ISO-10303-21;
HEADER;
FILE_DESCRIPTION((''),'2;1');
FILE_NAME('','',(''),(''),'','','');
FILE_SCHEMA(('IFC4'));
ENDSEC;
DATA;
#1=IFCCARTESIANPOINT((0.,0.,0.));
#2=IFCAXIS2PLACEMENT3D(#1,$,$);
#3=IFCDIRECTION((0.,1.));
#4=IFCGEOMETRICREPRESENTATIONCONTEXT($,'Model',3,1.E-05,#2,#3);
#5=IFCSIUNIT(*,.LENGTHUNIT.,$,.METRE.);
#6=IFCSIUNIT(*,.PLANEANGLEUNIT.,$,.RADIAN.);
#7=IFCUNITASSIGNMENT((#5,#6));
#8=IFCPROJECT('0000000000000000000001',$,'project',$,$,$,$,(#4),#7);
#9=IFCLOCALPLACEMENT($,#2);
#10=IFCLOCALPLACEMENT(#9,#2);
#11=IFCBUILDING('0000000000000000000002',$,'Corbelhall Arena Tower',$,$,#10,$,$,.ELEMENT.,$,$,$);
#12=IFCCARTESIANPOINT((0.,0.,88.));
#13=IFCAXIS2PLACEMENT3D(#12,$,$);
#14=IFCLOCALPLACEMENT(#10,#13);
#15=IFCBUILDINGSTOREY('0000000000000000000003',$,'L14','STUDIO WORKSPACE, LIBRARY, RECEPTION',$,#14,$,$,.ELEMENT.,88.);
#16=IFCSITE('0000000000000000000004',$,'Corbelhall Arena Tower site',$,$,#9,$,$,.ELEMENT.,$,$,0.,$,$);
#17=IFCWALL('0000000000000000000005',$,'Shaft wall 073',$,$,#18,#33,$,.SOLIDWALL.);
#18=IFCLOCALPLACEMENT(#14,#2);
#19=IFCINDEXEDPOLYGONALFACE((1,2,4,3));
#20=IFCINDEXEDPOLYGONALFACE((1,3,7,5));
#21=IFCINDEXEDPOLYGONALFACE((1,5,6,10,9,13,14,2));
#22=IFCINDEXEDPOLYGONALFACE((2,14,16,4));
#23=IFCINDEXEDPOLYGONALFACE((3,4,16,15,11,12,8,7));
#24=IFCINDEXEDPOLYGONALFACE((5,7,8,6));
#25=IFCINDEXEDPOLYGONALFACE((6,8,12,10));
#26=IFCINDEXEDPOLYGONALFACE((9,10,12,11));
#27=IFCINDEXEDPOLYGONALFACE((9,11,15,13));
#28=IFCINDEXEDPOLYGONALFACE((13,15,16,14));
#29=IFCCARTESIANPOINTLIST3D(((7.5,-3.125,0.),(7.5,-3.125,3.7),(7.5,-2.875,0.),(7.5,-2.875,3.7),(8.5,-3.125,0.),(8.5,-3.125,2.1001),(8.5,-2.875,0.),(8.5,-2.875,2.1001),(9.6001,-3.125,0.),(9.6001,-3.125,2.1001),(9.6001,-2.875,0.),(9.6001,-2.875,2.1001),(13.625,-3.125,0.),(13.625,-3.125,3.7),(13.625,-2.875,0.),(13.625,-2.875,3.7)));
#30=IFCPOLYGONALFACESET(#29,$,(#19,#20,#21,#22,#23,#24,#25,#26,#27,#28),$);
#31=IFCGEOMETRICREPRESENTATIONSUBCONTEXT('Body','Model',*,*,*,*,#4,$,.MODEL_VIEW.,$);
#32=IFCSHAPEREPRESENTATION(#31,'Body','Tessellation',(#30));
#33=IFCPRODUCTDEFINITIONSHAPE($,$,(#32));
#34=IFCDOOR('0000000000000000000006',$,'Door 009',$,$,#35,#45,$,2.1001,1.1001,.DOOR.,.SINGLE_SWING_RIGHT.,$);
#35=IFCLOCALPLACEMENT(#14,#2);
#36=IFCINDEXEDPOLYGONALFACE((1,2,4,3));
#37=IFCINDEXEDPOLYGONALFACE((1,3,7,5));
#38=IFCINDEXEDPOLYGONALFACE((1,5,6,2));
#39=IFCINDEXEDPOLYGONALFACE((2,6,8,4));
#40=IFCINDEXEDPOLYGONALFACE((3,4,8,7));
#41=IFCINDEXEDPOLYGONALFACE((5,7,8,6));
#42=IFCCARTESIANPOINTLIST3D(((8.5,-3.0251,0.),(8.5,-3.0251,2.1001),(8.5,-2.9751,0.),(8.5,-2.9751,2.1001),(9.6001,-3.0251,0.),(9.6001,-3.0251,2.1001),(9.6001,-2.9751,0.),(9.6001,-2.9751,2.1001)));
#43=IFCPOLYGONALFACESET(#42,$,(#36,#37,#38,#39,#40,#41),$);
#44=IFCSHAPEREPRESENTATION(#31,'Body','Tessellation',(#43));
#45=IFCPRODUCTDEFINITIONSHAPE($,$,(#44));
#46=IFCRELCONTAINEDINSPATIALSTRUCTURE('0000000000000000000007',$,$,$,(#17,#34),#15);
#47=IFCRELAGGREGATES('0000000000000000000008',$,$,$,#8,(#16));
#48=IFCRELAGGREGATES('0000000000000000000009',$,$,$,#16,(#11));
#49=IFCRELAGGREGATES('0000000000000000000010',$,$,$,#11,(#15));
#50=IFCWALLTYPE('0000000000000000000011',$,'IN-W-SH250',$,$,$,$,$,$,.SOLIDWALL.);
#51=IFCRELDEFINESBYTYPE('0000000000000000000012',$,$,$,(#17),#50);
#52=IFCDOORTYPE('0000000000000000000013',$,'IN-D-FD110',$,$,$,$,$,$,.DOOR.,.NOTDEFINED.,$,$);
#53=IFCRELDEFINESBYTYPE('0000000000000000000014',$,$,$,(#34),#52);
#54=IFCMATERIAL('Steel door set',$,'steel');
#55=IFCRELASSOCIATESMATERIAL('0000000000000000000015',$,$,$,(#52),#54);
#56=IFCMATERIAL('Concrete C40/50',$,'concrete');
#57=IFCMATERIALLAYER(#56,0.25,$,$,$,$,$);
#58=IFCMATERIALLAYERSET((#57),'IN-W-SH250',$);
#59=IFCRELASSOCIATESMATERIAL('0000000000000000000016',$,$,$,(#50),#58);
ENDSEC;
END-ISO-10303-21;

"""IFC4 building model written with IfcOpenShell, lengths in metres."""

from ifc_helpers import new_model, si_unit, direction, frame, frame_2d, origin, place, context, subcontext, project, spatial, rectangle, extrude, material, layer, layer_set, type_object, element, fill, save


model = new_model("IFC4")

# Units and contexts
model_context = context("Model", 3, precision=1e-05, world=origin(), true_north=direction((0.0, 1.0)))
body_context = subcontext(model_context, "Body", "Model", "MODEL_VIEW")
ifc_project = project(units=[si_unit("LENGTHUNIT", "METRE"), si_unit("PLANEANGLEUNIT", "RADIAN")], contexts=[model_context])

# Site, building, storey
site_placement = place(None, origin())
site = spatial("IfcSite", under=ifc_project, at=site_placement, Name="Corbelhall Arena Tower site", CompositionType="ELEMENT", RefElevation=0.0)
building_placement = place(site_placement, origin())
building = spatial("IfcBuilding", under=site, at=building_placement, Name="Corbelhall Arena Tower", CompositionType="ELEMENT")
storey_placement = place(building_placement, frame((0.0, 0.0, 88.0)))
storey = spatial("IfcBuildingStorey", under=building, at=storey_placement, Name="L14", Description="STUDIO WORKSPACE, LIBRARY, RECEPTION", CompositionType="ELEMENT", Elevation=88.0)

# Shared definitions
ifc_material_1 = material(Name="Concrete C40/50", Category="concrete")

# Shared definitions
ifc_material_2 = material(Name="Steel door set", Category="steel")
door_type = type_object("IfcDoorType", Name="IN-D-FD110", OperationType="NOTDEFINED", PredefinedType="DOOR", material=ifc_material_2)

# Wall, opening, door
ifc_layer_1 = layer(ifc_material_1, 0.25)
ifc_layer_set_1 = layer_set([ifc_layer_1], Name="IN-W-SH250")
wall_type_1 = type_object("IfcWallType", Name="IN-W-SH250", PredefinedType="SOLIDWALL", material=ifc_layer_set_1)
wall_1_placement = place(storey_placement, frame((7.5, -3.0, 0.0), z_axis=(0.0, 0.0, 1.0), x_axis=(1.0, 0.0, 0.0)))
wall_1 = element("IfcWall", 1, at=wall_1_placement, inside=storey, type_object=wall_type_1, Name="Shaft wall 073", PredefinedType="SOLIDWALL", context=body_context, shape_type="SweptSolid", body=[
    extrude(rectangle(XDim=6.125, YDim=0.25, at=frame_2d((3.0625, 0.0))), origin(), (0.0, 0.0, 1.0), 3.7),
])
opening_1_placement = place(wall_1_placement, frame((1.0, 0.0, 0.0)))
opening_1 = element("IfcOpeningElement", 2, at=opening_1_placement, cuts=wall_1, PredefinedType="OPENING", context=body_context, shape_type="SweptSolid", body=[
    extrude(rectangle(XDim=1.1001, YDim=2.1001, at=frame_2d((0.55, 1.05))), frame((0.0, 0.125, 0.0), z_axis=(0.0, -1.0, 0.0), x_axis=(1.0, 0.0, 0.0)), (0.0, 0.0, 1.0), 0.25),
])
door_1_placement = place(opening_1_placement, origin())
door_1 = element("IfcDoor", 3, at=door_1_placement, inside=storey, type_object=door_type, Name="Door 009", OperationType="SINGLE_SWING_RIGHT", OverallHeight=2.1001, OverallWidth=1.1001, PredefinedType="DOOR", context=body_context, shape_type="SweptSolid", body=[
    extrude(rectangle(XDim=1.1001, YDim=2.1001, at=frame_2d((0.55, 1.05))), frame((0.0, 0.0249, 0.0), z_axis=(0.0, -1.0, 0.0), x_axis=(1.0, 0.0, 0.0)), (0.0, 0.0, 1.0), 0.05),
])
fill(opening_1, door_1)

save(model, "model.ifc")
